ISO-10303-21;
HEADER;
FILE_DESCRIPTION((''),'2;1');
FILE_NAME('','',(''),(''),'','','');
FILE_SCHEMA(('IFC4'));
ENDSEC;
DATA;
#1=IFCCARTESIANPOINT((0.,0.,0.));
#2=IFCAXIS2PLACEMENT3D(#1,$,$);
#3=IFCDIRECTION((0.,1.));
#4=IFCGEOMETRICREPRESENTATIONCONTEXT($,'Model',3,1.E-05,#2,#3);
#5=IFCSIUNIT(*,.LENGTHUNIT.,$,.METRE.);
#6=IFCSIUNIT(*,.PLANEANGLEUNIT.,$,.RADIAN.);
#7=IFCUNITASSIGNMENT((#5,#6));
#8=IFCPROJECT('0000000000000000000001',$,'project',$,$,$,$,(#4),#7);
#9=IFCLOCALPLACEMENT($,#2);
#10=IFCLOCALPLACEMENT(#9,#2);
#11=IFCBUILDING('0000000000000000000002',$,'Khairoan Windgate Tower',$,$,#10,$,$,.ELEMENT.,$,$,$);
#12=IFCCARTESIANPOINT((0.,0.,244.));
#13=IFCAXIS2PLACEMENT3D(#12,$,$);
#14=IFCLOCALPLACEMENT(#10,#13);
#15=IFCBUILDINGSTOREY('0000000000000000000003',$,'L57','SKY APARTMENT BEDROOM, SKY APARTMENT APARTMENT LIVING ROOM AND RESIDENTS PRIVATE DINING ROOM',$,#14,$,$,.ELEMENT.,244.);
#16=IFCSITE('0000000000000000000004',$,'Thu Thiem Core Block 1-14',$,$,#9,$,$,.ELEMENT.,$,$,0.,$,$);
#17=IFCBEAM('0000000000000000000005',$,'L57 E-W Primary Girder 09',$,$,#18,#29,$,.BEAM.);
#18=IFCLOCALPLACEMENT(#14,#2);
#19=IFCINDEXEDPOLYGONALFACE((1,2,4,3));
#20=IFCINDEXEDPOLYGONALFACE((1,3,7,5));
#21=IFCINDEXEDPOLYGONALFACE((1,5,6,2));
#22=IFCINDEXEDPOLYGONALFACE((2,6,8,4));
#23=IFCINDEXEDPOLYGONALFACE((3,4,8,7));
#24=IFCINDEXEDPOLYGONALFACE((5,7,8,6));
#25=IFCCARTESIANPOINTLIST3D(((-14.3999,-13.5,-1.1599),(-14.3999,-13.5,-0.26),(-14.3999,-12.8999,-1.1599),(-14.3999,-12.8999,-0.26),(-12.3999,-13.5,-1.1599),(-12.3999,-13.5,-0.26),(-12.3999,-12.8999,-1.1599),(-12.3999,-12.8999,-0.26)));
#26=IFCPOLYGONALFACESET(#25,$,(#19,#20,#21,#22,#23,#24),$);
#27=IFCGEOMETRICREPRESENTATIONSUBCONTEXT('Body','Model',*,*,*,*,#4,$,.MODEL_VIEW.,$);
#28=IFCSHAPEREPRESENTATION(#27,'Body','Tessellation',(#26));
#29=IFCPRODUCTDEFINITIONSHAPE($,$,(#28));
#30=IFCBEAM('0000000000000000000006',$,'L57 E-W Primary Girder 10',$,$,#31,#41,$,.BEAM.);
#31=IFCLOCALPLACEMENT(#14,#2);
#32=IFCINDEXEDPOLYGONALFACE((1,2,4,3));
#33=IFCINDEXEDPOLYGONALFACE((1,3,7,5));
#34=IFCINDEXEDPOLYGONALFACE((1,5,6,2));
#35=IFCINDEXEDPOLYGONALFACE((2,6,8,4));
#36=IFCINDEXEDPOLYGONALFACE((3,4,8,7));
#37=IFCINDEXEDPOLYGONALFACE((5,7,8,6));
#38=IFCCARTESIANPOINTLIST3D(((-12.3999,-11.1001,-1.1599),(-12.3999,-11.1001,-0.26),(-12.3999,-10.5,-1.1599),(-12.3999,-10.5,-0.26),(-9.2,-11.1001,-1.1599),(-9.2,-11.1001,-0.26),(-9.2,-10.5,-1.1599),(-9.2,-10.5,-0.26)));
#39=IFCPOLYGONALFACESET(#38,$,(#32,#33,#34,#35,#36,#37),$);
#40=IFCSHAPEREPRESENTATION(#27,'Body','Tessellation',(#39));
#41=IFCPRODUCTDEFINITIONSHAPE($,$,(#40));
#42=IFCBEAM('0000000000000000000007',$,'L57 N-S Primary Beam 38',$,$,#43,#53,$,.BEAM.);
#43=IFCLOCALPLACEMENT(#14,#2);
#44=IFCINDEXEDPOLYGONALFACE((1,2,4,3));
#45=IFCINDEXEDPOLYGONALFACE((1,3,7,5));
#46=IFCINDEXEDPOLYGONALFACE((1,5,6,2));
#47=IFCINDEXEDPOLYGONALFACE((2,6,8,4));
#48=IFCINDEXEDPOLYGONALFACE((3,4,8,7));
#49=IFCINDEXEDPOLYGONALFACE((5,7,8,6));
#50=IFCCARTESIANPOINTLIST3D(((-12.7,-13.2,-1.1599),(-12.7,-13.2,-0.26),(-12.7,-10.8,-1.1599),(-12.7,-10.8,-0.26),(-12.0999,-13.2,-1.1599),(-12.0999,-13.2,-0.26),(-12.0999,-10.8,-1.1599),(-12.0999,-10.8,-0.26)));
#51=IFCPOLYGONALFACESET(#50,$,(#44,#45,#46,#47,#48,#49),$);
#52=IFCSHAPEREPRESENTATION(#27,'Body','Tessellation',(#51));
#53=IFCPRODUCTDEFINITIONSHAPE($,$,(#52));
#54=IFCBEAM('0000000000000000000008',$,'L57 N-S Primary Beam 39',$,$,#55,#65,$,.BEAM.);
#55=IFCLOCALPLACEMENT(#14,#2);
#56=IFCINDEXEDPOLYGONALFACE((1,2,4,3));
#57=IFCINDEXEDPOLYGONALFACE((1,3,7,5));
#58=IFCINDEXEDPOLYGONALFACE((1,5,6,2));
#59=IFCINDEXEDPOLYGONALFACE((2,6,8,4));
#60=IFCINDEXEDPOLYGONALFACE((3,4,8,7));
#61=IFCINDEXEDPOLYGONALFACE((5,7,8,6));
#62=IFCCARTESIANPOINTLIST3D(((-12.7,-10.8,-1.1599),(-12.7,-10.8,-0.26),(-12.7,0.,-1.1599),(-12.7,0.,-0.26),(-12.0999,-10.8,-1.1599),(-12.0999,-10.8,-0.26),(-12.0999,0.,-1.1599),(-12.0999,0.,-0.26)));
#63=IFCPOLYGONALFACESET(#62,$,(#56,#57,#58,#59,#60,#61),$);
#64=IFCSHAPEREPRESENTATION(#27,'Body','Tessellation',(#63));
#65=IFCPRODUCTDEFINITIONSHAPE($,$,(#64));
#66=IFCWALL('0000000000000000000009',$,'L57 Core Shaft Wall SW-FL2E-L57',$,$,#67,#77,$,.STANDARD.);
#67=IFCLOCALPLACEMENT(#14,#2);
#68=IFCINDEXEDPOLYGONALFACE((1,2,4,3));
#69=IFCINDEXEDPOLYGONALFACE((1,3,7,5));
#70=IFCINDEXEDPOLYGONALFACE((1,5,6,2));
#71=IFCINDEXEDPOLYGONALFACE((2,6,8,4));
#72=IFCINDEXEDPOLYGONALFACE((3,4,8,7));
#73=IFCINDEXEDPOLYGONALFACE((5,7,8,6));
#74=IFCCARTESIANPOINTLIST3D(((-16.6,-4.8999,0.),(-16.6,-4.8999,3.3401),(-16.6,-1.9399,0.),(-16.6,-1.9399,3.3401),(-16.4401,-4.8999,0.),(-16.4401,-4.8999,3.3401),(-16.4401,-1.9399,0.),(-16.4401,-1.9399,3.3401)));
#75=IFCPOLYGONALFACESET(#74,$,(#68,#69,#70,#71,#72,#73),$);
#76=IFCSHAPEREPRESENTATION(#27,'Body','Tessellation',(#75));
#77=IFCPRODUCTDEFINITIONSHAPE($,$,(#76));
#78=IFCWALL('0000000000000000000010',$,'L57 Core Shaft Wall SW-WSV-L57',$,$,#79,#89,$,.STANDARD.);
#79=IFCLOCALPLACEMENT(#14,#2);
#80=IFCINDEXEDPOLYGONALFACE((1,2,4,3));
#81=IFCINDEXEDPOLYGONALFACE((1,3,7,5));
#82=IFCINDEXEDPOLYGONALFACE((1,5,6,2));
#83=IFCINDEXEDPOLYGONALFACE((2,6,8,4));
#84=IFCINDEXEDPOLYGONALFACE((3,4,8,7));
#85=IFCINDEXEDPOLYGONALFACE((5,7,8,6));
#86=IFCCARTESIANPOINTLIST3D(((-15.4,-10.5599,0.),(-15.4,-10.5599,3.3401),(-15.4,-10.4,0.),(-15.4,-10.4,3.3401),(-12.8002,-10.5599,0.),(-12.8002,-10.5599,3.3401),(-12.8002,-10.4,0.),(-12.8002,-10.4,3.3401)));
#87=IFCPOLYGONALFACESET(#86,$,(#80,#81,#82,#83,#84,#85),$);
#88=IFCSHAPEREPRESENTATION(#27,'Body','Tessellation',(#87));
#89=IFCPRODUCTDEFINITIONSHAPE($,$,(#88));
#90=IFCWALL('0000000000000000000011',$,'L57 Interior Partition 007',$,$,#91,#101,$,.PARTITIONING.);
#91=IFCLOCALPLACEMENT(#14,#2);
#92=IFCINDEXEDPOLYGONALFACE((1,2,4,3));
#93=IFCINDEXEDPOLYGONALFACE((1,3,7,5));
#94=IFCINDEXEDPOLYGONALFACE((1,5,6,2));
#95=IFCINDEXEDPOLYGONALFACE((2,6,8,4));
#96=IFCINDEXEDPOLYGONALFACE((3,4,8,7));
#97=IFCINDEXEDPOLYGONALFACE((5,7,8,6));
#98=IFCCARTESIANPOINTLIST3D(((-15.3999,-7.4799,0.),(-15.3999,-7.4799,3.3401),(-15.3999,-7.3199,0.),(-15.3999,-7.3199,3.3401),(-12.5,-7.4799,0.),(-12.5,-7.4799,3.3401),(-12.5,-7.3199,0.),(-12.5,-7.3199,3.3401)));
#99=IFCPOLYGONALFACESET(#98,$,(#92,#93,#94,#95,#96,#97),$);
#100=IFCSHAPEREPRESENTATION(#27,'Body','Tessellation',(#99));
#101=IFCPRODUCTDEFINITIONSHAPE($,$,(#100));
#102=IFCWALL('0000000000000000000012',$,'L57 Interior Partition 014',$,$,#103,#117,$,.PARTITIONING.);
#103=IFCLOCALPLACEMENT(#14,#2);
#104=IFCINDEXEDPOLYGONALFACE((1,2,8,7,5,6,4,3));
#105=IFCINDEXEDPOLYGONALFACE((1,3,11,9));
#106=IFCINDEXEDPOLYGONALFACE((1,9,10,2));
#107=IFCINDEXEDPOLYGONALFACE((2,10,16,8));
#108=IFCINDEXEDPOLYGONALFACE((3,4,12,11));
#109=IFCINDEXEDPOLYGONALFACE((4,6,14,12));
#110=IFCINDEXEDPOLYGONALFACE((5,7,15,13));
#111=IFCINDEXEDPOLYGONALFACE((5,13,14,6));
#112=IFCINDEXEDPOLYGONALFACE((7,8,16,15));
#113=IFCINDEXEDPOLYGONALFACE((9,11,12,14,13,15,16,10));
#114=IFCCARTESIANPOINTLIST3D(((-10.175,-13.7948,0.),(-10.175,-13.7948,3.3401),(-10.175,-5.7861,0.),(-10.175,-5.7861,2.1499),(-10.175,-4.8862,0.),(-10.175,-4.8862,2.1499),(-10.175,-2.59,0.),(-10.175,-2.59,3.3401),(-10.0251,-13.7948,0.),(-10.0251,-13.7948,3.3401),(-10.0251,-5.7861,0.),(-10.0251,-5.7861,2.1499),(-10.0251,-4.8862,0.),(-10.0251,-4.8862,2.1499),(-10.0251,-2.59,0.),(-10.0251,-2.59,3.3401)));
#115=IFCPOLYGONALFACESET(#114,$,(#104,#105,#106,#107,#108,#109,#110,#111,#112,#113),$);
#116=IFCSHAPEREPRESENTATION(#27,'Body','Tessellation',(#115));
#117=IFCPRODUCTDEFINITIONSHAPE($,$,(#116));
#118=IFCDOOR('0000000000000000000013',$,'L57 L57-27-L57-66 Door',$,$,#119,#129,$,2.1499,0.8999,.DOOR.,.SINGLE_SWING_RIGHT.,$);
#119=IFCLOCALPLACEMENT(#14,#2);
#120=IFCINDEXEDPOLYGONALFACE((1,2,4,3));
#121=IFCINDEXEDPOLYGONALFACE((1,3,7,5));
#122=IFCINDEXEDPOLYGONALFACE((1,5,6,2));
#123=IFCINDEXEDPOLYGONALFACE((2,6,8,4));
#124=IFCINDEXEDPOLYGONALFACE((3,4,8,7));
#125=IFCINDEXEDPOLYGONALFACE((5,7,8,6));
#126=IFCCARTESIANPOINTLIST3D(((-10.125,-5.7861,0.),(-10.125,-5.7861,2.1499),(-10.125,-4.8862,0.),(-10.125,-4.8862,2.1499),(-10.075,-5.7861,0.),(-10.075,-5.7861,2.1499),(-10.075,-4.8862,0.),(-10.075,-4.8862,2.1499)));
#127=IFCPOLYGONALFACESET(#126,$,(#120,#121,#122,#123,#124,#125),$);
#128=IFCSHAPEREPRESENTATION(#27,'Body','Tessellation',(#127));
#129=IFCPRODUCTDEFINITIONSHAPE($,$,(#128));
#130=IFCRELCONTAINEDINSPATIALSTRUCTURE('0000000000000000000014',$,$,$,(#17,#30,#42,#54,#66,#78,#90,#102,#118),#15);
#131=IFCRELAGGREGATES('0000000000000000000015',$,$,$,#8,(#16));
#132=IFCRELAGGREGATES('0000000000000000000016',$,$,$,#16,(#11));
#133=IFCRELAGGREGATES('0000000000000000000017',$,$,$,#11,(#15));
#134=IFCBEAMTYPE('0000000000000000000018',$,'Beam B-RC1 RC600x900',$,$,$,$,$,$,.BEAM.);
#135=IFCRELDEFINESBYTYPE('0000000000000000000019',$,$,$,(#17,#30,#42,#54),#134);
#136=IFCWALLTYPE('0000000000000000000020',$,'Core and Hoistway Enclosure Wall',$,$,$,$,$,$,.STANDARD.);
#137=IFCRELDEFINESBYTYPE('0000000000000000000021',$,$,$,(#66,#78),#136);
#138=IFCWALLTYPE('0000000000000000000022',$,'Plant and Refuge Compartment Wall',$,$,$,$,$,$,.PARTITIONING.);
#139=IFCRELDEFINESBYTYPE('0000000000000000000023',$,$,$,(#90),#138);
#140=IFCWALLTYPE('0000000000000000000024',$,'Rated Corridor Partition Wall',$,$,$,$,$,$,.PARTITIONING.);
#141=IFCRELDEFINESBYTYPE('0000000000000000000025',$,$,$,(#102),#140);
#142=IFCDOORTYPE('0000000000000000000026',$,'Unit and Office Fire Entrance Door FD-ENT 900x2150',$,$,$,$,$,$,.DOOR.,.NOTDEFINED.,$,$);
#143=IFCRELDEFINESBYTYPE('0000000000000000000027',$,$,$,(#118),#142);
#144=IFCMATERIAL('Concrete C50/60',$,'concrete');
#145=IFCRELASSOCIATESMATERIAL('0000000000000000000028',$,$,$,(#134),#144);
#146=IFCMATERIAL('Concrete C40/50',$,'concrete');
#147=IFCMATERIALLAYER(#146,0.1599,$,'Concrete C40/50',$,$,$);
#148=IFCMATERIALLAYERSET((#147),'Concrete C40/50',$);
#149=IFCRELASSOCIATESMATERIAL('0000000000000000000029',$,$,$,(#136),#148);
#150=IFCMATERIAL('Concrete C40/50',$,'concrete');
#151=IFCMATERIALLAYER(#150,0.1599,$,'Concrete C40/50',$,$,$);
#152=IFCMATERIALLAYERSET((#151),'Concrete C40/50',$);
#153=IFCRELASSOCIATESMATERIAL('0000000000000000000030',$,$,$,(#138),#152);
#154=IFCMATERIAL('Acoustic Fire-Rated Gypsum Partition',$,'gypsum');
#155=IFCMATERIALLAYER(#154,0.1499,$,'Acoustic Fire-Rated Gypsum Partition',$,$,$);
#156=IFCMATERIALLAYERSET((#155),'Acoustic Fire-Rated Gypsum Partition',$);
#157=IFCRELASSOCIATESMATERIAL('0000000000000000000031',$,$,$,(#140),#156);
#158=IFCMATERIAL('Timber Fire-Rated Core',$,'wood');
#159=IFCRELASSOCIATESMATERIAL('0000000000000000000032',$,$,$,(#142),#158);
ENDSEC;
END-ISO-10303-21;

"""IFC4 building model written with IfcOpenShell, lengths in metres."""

from ifc_helpers import new_model, si_unit, direction, frame, frame_2d, origin, origin_2d, place, context, subcontext, project, spatial, rectangle, extrude, material, layer, layer_set, material_profile, profile_set, type_object, element, fill, save


model = new_model("IFC4")

# Units and contexts
model_context = context("Model", 3, precision=1e-05, world=origin(), true_north=direction((0.0, 1.0)))
body_context = subcontext(model_context, "Body", "Model", "MODEL_VIEW")
ifc_project = project(units=[si_unit("LENGTHUNIT", "METRE"), si_unit("PLANEANGLEUNIT", "RADIAN")], contexts=[model_context])

# Site, building, storey
site_placement = place(None, origin())
site = spatial("IfcSite", under=ifc_project, at=site_placement, Name="Thu Thiem Core Block 1-14", CompositionType="ELEMENT", RefElevation=0.0)
building_placement = place(site_placement, origin())
building = spatial("IfcBuilding", under=site, at=building_placement, Name="Khairoan Windgate Tower", CompositionType="ELEMENT")
storey_placement = place(building_placement, frame((0.0, 0.0, 244.0)))
storey = spatial("IfcBuildingStorey", under=building, at=storey_placement, Name="L57", Description="SKY APARTMENT BEDROOM, SKY APARTMENT APARTMENT LIVING ROOM AND RESIDENTS PRIVATE DINING ROOM", CompositionType="ELEMENT", Elevation=244.0)

# Beams
ifc_material_1 = material(Name="Concrete C50/60", Category="concrete")
ifc_material_profile = material_profile(ifc_material_1, rectangle(XDim=0.6001, YDim=0.8999, at=origin_2d()))
ifc_profile_set = profile_set([ifc_material_profile], Name="Concrete C50/60")
beam_type = type_object("IfcBeamType", Name="Beam B-RC1 RC600x900", PredefinedType="BEAM", material=ifc_profile_set)
beam_1_placement = place(storey_placement, frame((-14.3999, -13.2, -0.71), z_axis=(1.0, 0.0, 0.0), x_axis=(0.0, 1.0, 0.0)))
element("IfcBeam", 1, at=beam_1_placement, inside=storey, type_object=beam_type, Name="L57 E-W Primary Girder 09", PredefinedType="BEAM", context=body_context, shape_type="SweptSolid", body=[
    extrude(rectangle(XDim=0.6001, YDim=0.8999, at=origin_2d()), origin(), (0.0, 0.0, 1.0), 2.0),
])
beam_2_placement = place(storey_placement, frame((-12.3999, -10.8, -0.71), z_axis=(1.0, 0.0, 0.0), x_axis=(0.0, 1.0, 0.0)))
element("IfcBeam", 2, at=beam_2_placement, inside=storey, type_object=beam_type, Name="L57 E-W Primary Girder 10", PredefinedType="BEAM", context=body_context, shape_type="SweptSolid", body=[
    extrude(rectangle(XDim=0.6001, YDim=0.8999, at=origin_2d()), origin(), (0.0, 0.0, 1.0), 3.2),
])
beam_3_placement = place(storey_placement, frame((-12.3999, -13.2, -0.71), z_axis=(0.0, 1.0, 0.0), x_axis=(-1.0, 0.0, 0.0)))
element("IfcBeam", 3, at=beam_3_placement, inside=storey, type_object=beam_type, Name="L57 N-S Primary Beam 38", PredefinedType="BEAM", context=body_context, shape_type="SweptSolid", body=[
    extrude(rectangle(XDim=0.6001, YDim=0.8999, at=origin_2d()), origin(), (0.0, 0.0, 1.0), 2.3999),
])
beam_4_placement = place(storey_placement, frame((-12.3999, -10.8, -0.71), z_axis=(0.0, 1.0, 0.0), x_axis=(-1.0, 0.0, 0.0)))
element("IfcBeam", 4, at=beam_4_placement, inside=storey, type_object=beam_type, Name="L57 N-S Primary Beam 39", PredefinedType="BEAM", context=body_context, shape_type="SweptSolid", body=[
    extrude(rectangle(XDim=0.6001, YDim=0.8999, at=origin_2d()), origin(), (0.0, 0.0, 1.0), 10.8),
])

# Walls
ifc_material_2 = material(Name="Concrete C40/50", Category="concrete")
ifc_layer_1 = layer(ifc_material_2, 0.1599, Name="Concrete C40/50")
ifc_layer_set_1 = layer_set([ifc_layer_1], Name="Concrete C40/50")
wall_type_1 = type_object("IfcWallType", Name="Core and Hoistway Enclosure Wall", PredefinedType="STANDARD", material=ifc_layer_set_1)
wall_1_placement = place(storey_placement, frame((-16.52, -4.8999, 0.0), z_axis=(0.0, 0.0, 1.0), x_axis=(0.0, 1.0, 0.0)))
element("IfcWall", 5, at=wall_1_placement, inside=storey, type_object=wall_type_1, Name="L57 Core Shaft Wall SW-FL2E-L57", PredefinedType="STANDARD", context=body_context, shape_type="SweptSolid", body=[
    extrude(rectangle(XDim=2.96, YDim=0.1599, at=frame_2d((1.48, 0.0))), origin(), (0.0, 0.0, 1.0), 3.3401),
])
wall_2_placement = place(storey_placement, frame((-15.3999, -10.48, 0.0), z_axis=(0.0, 0.0, 1.0), x_axis=(1.0, 0.0, 0.0)))
element("IfcWall", 6, at=wall_2_placement, inside=storey, type_object=wall_type_1, Name="L57 Core Shaft Wall SW-WSV-L57", PredefinedType="STANDARD", context=body_context, shape_type="SweptSolid", body=[
    extrude(rectangle(XDim=2.5999, YDim=0.1599, at=frame_2d((1.2998, 0.0))), origin(), (0.0, 0.0, 1.0), 3.3401),
])
ifc_material_3 = material(Name="Concrete C40/50", Category="concrete")
ifc_layer_2 = layer(ifc_material_3, 0.1599, Name="Concrete C40/50")
ifc_layer_set_2 = layer_set([ifc_layer_2], Name="Concrete C40/50")
wall_type_2 = type_object("IfcWallType", Name="Plant and Refuge Compartment Wall", PredefinedType="PARTITIONING", material=ifc_layer_set_2)
wall_3_placement = place(storey_placement, frame((-15.3999, -7.3999, 0.0), z_axis=(0.0, 0.0, 1.0), x_axis=(1.0, 0.0, 0.0)))
element("IfcWall", 7, at=wall_3_placement, inside=storey, type_object=wall_type_2, Name="L57 Interior Partition 007", PredefinedType="PARTITIONING", context=body_context, shape_type="SweptSolid", body=[
    extrude(rectangle(XDim=2.8999, YDim=0.1599, at=frame_2d((1.45, 0.0))), origin(), (0.0, 0.0, 1.0), 3.3401),
])

# Wall, opening, door
ifc_material_4 = material(Name="Acoustic Fire-Rated Gypsum Partition", Category="gypsum")
ifc_layer_3 = layer(ifc_material_4, 0.1499, Name="Acoustic Fire-Rated Gypsum Partition")
ifc_layer_set_3 = layer_set([ifc_layer_3], Name="Acoustic Fire-Rated Gypsum Partition")
wall_type_3 = type_object("IfcWallType", Name="Rated Corridor Partition Wall", PredefinedType="PARTITIONING", material=ifc_layer_set_3)
wall_4_placement = place(storey_placement, frame((-10.1001, -13.7949, 0.0), z_axis=(0.0, 0.0, 1.0), x_axis=(0.0, 1.0, 0.0)))
wall_4 = element("IfcWall", 8, at=wall_4_placement, inside=storey, type_object=wall_type_3, Name="L57 Interior Partition 014", PredefinedType="PARTITIONING", context=body_context, shape_type="SweptSolid", body=[
    extrude(rectangle(XDim=11.2048, YDim=0.1499, at=frame_2d((5.6025, 0.0))), origin(), (0.0, 0.0, 1.0), 3.3401),
])
opening_1_placement = place(wall_4_placement, frame((8.0088, 0.0, 0.0)))
opening_1 = element("IfcOpeningElement", 9, at=opening_1_placement, cuts=wall_4, PredefinedType="OPENING", context=body_context, shape_type="SweptSolid", body=[
    extrude(rectangle(XDim=0.8999, YDim=2.1499, at=frame_2d((0.45, 1.075))), frame((0.0, 0.085, 0.0), z_axis=(0.0, -1.0, 0.0), x_axis=(1.0, 0.0, 0.0)), (0.0, 0.0, 1.0), 0.1699),
])
ifc_material_5 = material(Name="Timber Fire-Rated Core", Category="wood")
door_type_1 = type_object("IfcDoorType", Name="Unit and Office Fire Entrance Door FD-ENT 900x2150", OperationType="NOTDEFINED", PredefinedType="DOOR", material=ifc_material_5)
door_1_placement = place(opening_1_placement, origin())
door_1 = element("IfcDoor", 10, at=door_1_placement, inside=storey, type_object=door_type_1, Name="L57 L57-27-L57-66 Door", OperationType="SINGLE_SWING_RIGHT", OverallHeight=2.1499, OverallWidth=0.8999, PredefinedType="DOOR", context=body_context, shape_type="SweptSolid", body=[
    extrude(rectangle(XDim=0.8999, YDim=2.1499, at=frame_2d((0.45, 1.075))), frame((0.0, 0.0249, 0.0), z_axis=(0.0, -1.0, 0.0), x_axis=(1.0, 0.0, 0.0)), (0.0, 0.0, 1.0), 0.05),
])
fill(opening_1, door_1)

save(model, "model.ifc")
